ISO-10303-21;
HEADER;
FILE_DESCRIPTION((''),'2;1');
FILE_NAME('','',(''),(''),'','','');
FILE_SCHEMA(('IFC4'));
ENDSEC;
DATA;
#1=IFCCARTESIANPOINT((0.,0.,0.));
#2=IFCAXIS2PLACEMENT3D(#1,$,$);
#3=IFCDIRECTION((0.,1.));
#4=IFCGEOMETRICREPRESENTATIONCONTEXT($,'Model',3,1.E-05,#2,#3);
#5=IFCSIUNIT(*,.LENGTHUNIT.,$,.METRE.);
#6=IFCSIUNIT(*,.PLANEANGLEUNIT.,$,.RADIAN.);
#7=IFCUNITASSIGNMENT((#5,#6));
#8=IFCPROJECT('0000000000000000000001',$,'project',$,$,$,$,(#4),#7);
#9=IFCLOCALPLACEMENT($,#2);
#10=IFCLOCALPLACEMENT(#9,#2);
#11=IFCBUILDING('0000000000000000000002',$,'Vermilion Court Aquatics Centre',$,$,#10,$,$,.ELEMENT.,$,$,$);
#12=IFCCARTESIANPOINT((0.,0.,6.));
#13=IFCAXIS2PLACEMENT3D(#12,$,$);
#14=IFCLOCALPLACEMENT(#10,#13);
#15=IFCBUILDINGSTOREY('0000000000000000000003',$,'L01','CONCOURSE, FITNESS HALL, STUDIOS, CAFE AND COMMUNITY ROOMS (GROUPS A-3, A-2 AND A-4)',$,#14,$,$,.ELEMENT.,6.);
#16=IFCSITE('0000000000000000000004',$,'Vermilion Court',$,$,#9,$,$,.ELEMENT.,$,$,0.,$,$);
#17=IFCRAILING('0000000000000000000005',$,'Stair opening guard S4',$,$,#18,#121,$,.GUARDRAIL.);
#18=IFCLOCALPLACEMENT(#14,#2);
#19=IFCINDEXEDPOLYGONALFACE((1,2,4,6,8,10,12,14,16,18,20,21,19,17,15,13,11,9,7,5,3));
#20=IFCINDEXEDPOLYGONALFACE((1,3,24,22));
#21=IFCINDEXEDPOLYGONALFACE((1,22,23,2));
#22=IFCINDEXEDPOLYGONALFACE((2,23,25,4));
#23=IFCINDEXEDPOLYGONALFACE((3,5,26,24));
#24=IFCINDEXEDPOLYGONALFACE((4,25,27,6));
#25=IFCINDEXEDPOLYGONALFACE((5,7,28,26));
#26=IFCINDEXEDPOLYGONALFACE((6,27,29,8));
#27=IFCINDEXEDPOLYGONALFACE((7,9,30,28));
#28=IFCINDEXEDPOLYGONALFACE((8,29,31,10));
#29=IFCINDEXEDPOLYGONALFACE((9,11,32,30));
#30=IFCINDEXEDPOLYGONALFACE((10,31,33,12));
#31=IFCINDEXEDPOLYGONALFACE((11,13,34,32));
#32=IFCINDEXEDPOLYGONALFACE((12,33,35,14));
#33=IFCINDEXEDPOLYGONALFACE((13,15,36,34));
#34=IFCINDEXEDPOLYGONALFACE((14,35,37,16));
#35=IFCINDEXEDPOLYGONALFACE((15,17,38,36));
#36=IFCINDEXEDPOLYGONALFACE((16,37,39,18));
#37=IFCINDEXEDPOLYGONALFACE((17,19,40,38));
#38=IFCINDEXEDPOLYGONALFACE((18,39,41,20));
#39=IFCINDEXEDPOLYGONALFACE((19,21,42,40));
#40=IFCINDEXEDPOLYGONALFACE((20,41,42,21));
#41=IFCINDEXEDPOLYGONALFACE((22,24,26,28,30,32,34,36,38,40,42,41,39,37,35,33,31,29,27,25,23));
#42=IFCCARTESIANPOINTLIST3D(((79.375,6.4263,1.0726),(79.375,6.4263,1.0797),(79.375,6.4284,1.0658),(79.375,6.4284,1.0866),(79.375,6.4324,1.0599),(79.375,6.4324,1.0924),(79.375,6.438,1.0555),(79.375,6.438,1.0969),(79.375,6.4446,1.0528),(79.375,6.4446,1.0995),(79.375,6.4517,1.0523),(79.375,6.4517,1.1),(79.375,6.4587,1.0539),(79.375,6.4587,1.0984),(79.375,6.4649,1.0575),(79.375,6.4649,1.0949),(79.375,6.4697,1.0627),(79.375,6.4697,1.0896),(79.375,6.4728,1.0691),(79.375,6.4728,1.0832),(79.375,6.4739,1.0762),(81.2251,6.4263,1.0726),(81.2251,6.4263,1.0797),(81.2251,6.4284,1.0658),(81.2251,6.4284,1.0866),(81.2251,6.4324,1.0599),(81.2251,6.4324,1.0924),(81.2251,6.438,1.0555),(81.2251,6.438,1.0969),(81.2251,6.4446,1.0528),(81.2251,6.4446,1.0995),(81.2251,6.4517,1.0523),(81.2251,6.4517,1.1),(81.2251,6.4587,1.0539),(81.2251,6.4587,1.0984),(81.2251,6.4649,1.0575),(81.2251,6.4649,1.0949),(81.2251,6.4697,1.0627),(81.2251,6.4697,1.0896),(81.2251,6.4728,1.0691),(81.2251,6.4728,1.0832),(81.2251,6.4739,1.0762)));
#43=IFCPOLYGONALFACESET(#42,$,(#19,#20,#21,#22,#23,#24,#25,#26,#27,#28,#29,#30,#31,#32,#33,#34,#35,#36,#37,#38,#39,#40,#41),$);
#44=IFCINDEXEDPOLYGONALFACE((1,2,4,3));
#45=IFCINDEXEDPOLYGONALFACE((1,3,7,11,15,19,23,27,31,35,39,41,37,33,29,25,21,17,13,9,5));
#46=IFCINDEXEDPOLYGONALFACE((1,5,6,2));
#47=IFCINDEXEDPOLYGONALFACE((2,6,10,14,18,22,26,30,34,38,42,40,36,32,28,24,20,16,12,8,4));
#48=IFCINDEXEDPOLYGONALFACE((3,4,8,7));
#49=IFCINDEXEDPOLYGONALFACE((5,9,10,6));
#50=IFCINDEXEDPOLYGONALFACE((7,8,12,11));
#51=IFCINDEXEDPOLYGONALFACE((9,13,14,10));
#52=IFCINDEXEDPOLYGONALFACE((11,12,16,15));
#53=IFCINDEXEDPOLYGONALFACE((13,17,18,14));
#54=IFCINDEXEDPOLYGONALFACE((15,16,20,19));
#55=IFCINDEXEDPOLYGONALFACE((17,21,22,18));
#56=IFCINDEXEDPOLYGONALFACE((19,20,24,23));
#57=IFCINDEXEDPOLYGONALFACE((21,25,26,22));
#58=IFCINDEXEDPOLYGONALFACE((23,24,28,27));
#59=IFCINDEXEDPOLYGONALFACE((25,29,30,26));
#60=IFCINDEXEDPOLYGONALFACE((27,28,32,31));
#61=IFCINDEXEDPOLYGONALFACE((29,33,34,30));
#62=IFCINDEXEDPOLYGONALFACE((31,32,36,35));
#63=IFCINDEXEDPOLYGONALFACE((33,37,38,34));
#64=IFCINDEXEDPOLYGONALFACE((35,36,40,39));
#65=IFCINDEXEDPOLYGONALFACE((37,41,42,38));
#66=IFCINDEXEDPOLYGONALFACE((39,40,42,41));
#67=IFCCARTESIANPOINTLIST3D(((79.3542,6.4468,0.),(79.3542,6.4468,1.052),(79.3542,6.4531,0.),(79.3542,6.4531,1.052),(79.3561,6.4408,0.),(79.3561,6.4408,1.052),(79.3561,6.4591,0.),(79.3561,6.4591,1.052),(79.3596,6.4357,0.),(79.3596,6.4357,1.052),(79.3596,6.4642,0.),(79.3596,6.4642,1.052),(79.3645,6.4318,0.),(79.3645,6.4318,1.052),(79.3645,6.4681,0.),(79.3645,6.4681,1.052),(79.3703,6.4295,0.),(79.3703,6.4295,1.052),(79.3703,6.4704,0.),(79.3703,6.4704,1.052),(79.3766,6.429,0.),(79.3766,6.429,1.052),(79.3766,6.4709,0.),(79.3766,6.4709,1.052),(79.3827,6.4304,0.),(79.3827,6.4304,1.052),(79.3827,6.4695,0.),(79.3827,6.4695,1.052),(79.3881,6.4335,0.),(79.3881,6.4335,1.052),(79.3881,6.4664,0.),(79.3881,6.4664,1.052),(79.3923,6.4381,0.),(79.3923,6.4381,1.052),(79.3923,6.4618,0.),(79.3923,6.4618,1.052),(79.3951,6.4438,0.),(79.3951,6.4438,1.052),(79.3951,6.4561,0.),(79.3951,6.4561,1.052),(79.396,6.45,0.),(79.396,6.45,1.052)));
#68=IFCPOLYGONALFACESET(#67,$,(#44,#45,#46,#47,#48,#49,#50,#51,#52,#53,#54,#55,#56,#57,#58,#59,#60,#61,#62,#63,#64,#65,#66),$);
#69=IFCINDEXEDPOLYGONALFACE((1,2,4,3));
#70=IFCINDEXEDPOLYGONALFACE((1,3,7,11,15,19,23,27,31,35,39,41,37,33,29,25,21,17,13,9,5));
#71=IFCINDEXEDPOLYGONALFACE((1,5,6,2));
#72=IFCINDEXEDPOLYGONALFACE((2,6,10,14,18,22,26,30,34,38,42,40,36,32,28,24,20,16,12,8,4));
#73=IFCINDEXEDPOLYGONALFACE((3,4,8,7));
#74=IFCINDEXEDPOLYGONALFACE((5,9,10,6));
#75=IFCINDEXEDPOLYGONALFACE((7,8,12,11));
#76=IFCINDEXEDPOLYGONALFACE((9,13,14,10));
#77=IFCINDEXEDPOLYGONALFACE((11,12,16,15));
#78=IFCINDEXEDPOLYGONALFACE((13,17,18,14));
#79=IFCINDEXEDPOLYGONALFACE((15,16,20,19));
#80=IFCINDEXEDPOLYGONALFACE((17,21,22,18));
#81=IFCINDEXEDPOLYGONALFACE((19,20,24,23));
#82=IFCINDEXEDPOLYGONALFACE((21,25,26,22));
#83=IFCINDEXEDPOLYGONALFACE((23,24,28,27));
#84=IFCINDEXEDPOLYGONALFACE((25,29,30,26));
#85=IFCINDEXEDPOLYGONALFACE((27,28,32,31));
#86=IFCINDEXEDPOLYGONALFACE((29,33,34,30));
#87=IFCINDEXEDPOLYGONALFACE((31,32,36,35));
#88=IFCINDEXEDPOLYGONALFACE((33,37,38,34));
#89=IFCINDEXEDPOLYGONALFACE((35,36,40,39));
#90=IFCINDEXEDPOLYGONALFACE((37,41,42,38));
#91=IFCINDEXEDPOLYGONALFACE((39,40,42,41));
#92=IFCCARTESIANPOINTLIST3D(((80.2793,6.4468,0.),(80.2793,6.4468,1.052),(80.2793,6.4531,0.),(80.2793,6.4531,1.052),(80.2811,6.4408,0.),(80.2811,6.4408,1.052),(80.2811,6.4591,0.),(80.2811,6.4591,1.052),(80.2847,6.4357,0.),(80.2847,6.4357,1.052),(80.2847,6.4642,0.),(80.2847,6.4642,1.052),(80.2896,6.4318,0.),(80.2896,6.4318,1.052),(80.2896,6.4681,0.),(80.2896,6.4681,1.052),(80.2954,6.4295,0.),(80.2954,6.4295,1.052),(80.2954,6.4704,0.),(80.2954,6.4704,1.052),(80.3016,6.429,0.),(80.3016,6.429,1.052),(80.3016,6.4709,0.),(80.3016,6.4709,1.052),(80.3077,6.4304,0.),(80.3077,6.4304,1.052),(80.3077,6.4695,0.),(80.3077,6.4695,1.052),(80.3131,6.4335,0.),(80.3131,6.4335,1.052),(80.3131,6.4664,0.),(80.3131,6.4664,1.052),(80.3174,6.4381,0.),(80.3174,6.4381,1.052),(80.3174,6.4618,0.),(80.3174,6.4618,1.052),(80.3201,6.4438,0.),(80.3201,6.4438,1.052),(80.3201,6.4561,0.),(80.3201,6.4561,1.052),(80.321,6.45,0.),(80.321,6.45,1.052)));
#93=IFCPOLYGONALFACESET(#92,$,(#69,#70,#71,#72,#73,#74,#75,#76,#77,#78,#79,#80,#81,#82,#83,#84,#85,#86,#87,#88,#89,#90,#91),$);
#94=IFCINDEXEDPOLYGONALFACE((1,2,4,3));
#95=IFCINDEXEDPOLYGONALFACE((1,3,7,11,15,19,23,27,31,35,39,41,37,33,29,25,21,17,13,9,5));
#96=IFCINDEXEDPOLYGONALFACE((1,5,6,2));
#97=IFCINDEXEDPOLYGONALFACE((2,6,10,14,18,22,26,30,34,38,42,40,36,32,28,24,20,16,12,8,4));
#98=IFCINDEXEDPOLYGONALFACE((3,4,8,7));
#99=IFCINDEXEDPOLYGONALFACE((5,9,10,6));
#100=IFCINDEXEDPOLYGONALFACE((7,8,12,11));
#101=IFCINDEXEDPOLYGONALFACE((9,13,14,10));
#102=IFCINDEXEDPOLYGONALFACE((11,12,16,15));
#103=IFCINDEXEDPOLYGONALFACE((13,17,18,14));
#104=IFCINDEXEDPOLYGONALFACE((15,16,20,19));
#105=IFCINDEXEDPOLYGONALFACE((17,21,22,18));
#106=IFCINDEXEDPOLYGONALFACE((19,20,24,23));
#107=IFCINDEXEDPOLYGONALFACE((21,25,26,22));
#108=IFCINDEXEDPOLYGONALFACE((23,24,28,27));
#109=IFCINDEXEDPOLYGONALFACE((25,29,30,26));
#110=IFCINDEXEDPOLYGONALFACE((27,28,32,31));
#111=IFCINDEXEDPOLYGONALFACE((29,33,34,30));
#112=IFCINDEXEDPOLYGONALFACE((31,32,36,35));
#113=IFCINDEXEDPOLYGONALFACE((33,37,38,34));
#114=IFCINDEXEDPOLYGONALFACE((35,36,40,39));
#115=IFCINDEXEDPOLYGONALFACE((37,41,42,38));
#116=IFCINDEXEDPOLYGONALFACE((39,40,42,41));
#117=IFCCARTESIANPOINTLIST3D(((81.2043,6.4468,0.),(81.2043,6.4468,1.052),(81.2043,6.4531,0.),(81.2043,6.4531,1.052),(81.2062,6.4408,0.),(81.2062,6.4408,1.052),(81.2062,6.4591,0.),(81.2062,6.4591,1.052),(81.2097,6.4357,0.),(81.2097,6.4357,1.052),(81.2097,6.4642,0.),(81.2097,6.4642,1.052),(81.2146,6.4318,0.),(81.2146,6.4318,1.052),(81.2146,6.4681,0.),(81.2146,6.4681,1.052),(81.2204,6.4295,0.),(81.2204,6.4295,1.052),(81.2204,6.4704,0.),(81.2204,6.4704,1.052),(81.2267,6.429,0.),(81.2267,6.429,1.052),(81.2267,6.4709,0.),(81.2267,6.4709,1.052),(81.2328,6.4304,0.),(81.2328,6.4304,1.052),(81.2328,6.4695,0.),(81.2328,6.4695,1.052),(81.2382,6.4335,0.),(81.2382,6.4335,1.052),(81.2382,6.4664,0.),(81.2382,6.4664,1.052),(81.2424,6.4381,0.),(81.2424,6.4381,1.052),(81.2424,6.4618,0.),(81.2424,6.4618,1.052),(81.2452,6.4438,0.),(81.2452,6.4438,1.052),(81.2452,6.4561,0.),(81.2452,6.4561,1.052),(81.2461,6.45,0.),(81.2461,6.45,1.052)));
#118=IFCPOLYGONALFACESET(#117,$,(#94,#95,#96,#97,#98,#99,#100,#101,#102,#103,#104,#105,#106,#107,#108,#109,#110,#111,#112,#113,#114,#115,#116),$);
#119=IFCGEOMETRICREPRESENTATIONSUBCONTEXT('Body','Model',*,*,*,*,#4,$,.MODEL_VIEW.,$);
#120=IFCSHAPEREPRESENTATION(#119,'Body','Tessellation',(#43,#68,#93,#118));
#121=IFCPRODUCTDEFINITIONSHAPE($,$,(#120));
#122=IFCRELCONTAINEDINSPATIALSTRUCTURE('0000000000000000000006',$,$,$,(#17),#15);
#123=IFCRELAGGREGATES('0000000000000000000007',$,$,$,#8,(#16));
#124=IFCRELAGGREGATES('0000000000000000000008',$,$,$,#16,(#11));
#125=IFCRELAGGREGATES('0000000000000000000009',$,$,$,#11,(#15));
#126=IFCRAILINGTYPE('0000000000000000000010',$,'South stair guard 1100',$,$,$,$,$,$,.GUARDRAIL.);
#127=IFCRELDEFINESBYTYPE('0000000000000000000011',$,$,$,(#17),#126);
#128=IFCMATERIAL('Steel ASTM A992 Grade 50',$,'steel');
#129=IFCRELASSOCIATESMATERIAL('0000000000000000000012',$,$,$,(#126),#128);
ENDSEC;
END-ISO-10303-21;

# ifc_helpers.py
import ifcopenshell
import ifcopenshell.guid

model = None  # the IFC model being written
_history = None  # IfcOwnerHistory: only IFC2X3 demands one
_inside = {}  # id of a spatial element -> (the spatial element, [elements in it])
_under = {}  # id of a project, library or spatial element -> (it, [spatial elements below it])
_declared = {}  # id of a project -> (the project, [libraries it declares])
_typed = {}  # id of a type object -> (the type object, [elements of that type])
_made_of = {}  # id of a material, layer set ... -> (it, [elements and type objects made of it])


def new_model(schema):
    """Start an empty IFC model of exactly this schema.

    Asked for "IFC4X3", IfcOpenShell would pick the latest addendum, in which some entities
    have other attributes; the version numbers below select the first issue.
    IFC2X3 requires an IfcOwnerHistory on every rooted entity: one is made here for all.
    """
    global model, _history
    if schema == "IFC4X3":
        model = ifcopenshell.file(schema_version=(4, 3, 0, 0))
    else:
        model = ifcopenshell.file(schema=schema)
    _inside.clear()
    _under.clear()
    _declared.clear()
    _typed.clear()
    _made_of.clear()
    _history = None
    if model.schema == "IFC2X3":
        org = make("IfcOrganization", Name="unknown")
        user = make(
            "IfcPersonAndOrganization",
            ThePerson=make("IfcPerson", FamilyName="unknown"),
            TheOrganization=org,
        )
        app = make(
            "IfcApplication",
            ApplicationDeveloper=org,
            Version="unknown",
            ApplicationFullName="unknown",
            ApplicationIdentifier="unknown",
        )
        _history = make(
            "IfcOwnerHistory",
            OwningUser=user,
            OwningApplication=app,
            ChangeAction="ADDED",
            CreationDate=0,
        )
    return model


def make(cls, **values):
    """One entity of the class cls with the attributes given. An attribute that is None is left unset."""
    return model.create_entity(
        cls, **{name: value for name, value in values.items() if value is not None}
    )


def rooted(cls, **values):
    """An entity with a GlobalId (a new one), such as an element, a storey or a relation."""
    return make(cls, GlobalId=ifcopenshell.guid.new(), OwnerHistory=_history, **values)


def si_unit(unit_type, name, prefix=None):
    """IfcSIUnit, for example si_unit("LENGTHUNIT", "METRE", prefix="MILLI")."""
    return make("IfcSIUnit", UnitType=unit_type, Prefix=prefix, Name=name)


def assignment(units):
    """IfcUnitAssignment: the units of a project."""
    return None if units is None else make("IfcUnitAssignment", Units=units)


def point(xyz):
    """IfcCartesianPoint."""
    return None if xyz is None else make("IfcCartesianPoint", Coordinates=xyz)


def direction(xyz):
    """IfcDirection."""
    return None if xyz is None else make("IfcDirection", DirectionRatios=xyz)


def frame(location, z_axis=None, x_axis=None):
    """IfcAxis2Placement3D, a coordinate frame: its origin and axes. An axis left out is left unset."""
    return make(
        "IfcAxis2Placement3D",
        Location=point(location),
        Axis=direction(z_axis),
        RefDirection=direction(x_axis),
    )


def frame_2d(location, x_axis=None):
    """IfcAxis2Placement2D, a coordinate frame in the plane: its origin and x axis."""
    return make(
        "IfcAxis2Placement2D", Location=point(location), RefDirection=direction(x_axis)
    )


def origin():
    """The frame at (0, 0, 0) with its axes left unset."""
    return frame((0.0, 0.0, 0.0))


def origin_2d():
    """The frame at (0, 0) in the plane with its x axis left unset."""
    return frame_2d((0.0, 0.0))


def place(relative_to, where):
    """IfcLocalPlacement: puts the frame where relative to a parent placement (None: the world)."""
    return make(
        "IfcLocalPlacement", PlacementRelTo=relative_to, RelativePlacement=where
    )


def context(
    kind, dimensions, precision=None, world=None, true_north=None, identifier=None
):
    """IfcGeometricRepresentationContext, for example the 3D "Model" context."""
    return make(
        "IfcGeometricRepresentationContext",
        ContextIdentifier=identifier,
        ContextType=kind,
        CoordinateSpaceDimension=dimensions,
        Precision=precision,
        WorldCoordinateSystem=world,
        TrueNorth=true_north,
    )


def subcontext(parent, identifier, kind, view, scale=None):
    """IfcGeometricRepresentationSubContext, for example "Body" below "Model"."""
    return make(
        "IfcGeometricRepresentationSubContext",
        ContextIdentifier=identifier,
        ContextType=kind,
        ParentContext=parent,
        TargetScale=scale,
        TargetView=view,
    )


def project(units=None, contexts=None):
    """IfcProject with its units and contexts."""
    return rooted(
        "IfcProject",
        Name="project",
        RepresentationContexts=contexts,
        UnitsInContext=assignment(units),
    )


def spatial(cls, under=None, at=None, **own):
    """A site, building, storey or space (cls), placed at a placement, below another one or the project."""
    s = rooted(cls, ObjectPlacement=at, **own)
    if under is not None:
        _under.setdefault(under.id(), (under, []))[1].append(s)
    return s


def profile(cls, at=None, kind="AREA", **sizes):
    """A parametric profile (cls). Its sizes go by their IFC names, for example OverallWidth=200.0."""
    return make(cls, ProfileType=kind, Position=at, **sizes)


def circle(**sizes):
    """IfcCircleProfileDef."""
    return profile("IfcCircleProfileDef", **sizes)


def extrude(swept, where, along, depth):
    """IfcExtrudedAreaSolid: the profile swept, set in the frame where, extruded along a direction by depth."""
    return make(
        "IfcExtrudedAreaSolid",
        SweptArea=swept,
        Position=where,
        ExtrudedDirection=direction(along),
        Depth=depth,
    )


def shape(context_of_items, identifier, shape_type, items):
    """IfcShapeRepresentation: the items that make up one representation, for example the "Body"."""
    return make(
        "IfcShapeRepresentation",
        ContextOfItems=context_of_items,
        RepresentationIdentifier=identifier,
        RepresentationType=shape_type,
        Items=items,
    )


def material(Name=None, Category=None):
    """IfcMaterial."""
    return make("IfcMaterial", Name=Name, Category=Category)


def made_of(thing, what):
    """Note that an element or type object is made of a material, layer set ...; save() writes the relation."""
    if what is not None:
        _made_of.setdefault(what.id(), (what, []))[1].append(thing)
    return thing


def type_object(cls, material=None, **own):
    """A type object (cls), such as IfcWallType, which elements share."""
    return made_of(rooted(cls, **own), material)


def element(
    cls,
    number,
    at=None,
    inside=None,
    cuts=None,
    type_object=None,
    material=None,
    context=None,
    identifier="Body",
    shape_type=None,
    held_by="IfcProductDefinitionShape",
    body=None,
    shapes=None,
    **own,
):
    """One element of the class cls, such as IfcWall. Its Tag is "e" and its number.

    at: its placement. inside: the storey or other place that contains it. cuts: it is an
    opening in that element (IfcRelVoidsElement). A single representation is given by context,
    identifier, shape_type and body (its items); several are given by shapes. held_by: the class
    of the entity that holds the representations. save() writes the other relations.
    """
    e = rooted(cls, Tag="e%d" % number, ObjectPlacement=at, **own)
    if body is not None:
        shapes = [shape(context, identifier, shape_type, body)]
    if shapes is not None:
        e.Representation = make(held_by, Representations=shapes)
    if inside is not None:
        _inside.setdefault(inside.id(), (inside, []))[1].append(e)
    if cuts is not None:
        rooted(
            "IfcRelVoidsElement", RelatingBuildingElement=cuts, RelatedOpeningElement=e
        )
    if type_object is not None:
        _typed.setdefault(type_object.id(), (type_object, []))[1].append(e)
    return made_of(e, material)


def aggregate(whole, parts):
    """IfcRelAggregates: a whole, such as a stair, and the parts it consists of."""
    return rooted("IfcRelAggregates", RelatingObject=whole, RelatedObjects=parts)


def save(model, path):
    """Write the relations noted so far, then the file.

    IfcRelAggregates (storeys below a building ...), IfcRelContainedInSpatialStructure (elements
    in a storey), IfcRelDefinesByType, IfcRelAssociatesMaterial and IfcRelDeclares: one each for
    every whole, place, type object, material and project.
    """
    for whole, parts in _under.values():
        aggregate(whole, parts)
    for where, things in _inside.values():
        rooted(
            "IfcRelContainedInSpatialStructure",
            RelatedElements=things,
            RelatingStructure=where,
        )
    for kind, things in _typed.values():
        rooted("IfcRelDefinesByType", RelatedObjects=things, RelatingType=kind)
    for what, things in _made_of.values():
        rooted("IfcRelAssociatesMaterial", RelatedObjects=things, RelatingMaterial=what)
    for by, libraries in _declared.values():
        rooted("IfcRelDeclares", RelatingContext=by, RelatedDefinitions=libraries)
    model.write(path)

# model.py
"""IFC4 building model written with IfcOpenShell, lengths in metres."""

from ifc_helpers import new_model, si_unit, direction, frame, origin, origin_2d, place, context, subcontext, project, spatial, circle, extrude, material, type_object, element, save


model = new_model("IFC4")

# Units and contexts
model_context = context("Model", 3, precision=1e-05, world=origin(), true_north=direction((0.0, 1.0)))
body_context = subcontext(model_context, "Body", "Model", "MODEL_VIEW")
ifc_project = project(units=[si_unit("LENGTHUNIT", "METRE"), si_unit("PLANEANGLEUNIT", "RADIAN")], contexts=[model_context])

# Site, building, storey
site_placement = place(None, origin())
site = spatial("IfcSite", under=ifc_project, at=site_placement, Name="Vermilion Court", CompositionType="ELEMENT", RefElevation=0.0)
building_placement = place(site_placement, origin())
building = spatial("IfcBuilding", under=site, at=building_placement, Name="Vermilion Court Aquatics Centre", CompositionType="ELEMENT")
storey_placement = place(building_placement, frame((0.0, 0.0, 6.0)))
storey = spatial("IfcBuildingStorey", under=building, at=storey_placement, Name="L01", Description="CONCOURSE, FITNESS HALL, STUDIOS, CAFE AND COMMUNITY ROOMS (GROUPS A-3, A-2 AND A-4)", CompositionType="ELEMENT", Elevation=6.0)

# Railing
ifc_material_1 = material(Name="Steel ASTM A992 Grade 50", Category="steel")
railing_type = type_object("IfcRailingType", Name="South stair guard 1100", PredefinedType="GUARDRAIL", material=ifc_material_1)
railing_1_placement = place(storey_placement, frame((79.375, 6.45, 0.0)))
element("IfcRailing", 1, at=railing_1_placement, inside=storey, type_object=railing_type, Name="Stair opening guard S4", PredefinedType="GUARDRAIL", context=body_context, shape_type="SweptSolid", body=[
    extrude(circle(Radius=0.0239, at=origin_2d()), frame((0.0, 0.0, 1.0762), z_axis=(1.0, 0.0, 0.0), x_axis=(0.0, 1.0, 0.0)), (0.0, 0.0, 1.0), 1.8501),
    extrude(circle(Radius=0.021, at=origin_2d()), origin(), (0.0, 0.0, 1.0), 1.052),
    extrude(circle(Radius=0.021, at=origin_2d()), frame((0.925, 0.0, 0.0)), (0.0, 0.0, 1.0), 1.052),
    extrude(circle(Radius=0.021, at=origin_2d()), frame((1.8501, 0.0, 0.0)), (0.0, 0.0, 1.0), 1.052),
])

save(model, "model.ifc")
